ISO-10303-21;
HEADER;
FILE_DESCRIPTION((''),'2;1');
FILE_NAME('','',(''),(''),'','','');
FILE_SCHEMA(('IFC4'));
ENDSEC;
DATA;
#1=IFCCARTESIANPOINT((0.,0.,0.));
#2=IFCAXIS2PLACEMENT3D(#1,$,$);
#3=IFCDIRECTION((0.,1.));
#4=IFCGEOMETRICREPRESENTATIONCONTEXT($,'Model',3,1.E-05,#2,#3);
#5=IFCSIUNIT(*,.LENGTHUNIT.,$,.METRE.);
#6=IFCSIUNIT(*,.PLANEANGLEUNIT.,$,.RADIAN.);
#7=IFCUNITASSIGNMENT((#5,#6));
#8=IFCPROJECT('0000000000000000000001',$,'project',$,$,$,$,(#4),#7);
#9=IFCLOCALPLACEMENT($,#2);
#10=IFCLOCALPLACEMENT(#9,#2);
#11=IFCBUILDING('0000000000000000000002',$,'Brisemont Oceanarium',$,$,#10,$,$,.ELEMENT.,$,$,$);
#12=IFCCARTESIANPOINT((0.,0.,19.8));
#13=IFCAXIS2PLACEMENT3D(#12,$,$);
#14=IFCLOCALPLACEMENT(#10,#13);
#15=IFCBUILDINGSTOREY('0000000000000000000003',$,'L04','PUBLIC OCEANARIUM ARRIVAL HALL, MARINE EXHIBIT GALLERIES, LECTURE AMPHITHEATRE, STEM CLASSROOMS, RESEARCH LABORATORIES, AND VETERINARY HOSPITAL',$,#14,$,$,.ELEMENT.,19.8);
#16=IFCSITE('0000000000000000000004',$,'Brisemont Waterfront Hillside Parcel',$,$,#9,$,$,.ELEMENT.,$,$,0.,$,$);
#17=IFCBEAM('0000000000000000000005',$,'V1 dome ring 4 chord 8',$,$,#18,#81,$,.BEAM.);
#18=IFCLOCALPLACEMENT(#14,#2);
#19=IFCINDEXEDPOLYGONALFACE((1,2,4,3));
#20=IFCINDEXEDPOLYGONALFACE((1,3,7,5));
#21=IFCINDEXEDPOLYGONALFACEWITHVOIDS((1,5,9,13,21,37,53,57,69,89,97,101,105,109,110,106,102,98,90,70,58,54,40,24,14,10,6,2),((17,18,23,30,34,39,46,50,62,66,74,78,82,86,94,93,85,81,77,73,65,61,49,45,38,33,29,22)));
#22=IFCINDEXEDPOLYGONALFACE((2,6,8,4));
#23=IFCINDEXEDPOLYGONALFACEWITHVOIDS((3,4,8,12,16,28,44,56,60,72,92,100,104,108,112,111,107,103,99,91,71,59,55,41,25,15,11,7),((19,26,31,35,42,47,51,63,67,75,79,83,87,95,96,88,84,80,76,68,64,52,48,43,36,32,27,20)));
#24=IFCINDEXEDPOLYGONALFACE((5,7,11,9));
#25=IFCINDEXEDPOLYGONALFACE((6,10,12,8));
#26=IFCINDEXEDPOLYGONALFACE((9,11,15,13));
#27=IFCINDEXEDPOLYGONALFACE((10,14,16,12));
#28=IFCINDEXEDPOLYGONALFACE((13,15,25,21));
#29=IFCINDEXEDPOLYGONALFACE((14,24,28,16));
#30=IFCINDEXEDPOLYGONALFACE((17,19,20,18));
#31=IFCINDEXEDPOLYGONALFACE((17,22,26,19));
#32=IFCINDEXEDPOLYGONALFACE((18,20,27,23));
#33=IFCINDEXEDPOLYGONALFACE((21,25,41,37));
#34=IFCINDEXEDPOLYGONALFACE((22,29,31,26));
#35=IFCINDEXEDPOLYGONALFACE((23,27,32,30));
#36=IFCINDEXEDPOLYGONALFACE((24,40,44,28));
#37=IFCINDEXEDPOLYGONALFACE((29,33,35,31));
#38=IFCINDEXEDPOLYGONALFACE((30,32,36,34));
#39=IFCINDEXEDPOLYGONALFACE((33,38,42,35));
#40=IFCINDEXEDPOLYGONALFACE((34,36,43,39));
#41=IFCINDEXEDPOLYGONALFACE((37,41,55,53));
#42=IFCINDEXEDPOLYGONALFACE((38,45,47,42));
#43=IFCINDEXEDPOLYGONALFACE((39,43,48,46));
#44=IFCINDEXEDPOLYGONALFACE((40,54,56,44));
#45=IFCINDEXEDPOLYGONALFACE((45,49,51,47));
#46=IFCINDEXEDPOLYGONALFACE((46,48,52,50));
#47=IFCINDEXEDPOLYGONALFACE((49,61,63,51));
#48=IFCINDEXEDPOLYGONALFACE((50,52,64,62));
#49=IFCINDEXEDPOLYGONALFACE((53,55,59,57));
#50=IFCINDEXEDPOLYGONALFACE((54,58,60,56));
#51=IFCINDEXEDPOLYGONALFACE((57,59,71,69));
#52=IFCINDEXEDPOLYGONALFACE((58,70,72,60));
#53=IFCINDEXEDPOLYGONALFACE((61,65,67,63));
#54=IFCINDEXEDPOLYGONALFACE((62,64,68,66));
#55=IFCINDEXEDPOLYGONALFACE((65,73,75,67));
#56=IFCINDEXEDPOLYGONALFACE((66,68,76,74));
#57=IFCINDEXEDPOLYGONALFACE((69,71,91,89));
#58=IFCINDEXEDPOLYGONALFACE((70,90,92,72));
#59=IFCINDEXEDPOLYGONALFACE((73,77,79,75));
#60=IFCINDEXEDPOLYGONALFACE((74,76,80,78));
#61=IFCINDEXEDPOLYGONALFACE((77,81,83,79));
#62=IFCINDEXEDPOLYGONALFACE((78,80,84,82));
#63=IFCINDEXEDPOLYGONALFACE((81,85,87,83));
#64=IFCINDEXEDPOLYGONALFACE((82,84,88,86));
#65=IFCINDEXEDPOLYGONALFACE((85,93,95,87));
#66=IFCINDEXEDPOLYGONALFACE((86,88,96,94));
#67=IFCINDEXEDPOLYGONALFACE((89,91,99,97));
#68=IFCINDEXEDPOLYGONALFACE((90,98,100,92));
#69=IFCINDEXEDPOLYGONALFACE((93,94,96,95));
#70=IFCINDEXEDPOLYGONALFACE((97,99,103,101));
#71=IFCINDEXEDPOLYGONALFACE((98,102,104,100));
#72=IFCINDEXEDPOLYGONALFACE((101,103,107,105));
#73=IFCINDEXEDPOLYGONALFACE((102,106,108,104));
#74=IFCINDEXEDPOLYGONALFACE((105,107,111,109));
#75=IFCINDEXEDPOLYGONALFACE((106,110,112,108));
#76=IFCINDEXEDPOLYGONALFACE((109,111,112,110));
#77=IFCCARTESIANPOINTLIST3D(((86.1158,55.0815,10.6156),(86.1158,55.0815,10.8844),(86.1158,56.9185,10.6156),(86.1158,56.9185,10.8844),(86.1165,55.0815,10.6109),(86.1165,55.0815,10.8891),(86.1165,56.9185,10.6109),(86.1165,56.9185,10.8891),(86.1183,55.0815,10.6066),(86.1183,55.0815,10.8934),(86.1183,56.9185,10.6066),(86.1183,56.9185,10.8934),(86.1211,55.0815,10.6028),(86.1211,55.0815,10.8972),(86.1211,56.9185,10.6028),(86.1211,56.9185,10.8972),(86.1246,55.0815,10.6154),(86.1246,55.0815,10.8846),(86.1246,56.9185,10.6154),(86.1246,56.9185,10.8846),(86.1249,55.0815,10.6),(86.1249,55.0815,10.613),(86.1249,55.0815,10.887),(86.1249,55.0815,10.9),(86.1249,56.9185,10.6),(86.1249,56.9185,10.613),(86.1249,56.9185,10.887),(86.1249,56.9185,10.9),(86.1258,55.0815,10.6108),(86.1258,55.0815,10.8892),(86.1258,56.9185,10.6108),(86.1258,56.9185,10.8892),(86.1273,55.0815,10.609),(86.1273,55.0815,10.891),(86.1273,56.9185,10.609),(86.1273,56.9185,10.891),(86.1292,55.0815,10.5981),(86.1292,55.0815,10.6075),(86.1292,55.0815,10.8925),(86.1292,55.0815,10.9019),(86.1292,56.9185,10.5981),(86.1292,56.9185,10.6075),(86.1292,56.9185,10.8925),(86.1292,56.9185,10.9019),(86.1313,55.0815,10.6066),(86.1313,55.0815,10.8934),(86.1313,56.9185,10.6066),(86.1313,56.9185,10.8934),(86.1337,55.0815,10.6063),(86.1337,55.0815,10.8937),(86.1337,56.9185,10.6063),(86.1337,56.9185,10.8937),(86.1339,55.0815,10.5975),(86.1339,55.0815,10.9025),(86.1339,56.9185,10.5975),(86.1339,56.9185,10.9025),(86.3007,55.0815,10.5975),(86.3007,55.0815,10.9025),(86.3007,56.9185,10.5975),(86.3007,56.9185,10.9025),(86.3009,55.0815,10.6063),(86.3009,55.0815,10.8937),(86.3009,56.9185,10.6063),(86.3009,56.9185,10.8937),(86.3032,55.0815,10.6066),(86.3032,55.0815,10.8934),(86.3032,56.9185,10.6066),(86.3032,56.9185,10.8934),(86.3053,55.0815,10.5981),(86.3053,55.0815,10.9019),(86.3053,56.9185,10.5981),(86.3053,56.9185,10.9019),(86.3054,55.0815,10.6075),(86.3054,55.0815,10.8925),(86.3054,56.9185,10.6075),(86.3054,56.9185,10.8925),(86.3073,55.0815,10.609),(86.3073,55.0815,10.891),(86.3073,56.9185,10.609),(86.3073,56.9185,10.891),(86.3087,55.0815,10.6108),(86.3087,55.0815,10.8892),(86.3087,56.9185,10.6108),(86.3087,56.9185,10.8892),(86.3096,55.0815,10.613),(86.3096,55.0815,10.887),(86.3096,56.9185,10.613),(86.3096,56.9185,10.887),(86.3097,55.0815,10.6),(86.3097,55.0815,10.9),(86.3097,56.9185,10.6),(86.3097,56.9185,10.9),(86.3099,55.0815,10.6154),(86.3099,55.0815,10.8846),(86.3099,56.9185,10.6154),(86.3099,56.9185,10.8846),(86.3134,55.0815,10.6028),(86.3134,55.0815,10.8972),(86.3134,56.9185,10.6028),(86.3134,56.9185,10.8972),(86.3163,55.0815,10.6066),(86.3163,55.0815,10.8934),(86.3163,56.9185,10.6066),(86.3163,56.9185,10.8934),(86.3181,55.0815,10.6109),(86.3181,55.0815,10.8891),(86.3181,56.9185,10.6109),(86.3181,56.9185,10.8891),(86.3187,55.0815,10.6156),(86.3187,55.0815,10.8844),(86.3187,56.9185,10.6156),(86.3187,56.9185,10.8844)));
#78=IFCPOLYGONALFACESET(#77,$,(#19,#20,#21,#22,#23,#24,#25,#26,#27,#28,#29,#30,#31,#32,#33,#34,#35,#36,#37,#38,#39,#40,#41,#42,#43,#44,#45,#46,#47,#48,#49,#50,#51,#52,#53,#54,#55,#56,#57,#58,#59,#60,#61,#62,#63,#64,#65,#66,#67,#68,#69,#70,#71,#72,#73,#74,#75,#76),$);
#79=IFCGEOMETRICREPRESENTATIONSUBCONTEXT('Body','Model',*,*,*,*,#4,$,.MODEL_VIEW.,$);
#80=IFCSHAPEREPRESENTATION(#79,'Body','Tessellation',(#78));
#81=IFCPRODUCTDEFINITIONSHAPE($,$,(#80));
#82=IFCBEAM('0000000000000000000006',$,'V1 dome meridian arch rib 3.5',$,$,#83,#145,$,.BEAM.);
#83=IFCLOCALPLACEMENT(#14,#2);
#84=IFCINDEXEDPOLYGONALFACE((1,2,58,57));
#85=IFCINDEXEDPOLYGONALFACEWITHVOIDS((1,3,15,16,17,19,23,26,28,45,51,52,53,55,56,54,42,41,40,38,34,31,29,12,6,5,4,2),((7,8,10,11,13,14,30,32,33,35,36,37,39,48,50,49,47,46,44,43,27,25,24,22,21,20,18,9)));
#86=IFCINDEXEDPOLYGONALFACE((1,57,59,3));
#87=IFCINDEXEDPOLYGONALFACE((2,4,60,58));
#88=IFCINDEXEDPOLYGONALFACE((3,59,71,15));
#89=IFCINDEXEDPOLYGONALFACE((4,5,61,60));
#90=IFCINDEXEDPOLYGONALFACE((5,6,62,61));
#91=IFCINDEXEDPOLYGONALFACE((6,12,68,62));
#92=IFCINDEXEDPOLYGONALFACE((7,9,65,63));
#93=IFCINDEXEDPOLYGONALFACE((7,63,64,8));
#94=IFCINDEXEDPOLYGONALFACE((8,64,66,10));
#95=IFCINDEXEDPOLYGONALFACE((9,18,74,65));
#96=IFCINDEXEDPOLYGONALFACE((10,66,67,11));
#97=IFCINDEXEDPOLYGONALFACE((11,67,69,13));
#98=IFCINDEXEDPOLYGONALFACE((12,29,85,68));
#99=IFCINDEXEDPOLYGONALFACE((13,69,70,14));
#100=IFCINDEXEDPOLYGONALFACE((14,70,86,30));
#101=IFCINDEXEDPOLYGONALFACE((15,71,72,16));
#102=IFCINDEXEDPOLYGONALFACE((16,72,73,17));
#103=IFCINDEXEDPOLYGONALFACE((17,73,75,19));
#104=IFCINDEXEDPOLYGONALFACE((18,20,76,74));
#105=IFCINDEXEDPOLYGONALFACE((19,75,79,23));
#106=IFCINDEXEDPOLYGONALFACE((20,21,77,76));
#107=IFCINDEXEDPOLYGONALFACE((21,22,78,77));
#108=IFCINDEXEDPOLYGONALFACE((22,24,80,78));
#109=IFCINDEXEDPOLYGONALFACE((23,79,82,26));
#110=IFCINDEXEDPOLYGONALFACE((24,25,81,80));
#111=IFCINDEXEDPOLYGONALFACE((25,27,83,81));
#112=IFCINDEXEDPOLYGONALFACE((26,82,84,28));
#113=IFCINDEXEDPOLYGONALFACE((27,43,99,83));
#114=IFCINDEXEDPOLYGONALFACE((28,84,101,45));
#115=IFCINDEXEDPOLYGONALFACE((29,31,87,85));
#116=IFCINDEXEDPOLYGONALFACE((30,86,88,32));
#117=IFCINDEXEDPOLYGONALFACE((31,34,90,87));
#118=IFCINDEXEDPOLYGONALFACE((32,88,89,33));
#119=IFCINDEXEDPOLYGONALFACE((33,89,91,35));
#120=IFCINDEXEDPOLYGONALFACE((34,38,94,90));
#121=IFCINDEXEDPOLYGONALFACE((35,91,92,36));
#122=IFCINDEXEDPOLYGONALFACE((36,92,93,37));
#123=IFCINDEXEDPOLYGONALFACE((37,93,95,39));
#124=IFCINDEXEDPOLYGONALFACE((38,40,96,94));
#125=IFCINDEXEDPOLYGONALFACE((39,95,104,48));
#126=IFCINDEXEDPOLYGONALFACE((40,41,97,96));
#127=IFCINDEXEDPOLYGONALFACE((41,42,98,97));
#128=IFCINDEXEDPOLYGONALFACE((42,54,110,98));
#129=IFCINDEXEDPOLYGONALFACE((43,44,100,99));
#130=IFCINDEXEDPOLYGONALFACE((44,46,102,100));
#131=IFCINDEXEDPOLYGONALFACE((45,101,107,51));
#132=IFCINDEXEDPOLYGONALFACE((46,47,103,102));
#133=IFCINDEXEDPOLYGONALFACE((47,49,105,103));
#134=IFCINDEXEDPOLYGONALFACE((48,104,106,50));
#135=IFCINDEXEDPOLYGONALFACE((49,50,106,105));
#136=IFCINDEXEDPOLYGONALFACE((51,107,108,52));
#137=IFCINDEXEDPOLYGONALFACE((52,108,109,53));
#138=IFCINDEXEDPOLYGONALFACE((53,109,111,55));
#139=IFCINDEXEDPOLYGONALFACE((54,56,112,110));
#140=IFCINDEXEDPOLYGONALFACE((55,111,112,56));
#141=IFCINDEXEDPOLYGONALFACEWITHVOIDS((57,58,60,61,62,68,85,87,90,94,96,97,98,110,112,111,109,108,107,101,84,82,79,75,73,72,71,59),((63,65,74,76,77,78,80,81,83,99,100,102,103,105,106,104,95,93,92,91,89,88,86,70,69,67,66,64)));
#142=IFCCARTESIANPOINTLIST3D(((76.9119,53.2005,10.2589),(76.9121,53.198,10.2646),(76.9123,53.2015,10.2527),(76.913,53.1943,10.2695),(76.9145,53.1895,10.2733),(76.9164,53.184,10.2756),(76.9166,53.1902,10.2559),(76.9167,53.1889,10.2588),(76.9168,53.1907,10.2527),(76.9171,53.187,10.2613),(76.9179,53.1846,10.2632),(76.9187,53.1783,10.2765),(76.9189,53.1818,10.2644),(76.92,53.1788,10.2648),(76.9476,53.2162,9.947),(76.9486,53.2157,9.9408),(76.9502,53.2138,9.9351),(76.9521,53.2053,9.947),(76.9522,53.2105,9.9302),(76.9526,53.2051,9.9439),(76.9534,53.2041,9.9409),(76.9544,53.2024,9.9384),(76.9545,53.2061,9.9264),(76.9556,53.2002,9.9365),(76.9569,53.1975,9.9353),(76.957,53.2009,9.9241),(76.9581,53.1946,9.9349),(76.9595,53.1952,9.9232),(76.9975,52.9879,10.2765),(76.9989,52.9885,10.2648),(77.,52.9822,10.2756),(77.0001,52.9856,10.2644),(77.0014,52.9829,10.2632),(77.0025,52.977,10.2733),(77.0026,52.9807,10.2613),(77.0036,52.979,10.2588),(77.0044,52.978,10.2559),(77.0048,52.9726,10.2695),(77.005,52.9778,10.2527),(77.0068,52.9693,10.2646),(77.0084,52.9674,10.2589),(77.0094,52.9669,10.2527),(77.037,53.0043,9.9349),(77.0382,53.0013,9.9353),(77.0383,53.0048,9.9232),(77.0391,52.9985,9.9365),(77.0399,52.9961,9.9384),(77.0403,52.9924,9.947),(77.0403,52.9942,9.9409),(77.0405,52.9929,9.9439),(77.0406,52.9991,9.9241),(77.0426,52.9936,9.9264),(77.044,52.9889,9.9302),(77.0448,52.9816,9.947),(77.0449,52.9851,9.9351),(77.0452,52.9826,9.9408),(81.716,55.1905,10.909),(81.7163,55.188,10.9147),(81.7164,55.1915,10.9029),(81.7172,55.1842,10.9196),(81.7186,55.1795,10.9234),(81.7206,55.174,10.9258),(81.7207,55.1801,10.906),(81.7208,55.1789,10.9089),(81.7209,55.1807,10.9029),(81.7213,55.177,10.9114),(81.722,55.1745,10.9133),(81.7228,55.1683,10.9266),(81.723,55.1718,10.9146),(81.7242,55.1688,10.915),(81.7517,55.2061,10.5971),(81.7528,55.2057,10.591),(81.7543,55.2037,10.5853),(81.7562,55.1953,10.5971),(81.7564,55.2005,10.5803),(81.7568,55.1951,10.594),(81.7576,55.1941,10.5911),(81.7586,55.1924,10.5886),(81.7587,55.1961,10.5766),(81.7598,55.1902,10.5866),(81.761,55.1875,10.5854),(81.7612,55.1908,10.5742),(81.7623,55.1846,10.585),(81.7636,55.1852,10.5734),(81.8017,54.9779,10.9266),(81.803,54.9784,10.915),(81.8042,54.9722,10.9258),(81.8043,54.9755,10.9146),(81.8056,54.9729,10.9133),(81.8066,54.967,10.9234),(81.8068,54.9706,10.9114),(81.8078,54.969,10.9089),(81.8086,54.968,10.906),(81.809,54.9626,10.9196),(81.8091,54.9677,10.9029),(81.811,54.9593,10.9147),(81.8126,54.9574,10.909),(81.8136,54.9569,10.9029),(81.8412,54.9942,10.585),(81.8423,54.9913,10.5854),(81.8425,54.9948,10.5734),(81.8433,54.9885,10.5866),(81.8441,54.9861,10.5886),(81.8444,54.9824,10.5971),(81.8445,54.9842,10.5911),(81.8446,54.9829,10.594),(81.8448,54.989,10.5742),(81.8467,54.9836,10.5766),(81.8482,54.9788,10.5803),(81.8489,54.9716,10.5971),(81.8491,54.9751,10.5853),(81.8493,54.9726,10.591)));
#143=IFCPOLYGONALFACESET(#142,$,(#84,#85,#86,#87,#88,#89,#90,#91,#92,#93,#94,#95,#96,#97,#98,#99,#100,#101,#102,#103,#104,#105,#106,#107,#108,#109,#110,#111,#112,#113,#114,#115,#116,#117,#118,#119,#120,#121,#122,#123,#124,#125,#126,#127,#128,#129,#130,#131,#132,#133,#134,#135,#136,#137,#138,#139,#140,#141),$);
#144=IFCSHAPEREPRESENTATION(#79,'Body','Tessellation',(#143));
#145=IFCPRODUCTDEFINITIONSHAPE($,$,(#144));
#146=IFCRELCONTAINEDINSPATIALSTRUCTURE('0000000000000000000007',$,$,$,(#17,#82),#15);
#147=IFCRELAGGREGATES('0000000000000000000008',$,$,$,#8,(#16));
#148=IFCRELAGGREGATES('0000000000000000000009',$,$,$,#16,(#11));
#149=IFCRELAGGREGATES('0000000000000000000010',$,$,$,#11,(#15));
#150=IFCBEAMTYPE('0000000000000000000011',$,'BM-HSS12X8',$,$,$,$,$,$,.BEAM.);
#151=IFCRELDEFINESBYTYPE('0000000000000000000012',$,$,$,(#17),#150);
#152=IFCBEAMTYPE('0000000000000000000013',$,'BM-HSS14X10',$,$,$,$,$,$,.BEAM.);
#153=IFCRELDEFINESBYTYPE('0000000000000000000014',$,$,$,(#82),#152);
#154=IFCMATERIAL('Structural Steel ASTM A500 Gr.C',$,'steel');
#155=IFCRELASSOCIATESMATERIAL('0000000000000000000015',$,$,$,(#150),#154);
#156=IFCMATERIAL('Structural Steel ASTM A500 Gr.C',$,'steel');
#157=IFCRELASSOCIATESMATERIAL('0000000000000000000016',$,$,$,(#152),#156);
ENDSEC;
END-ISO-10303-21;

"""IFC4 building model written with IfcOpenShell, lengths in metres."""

from ifc_helpers import new_model, si_unit, direction, frame, origin, origin_2d, place, context, subcontext, project, spatial, hollow_rectangle, extrude, material, material_profile, profile_set, type_object, element, save


model = new_model("IFC4")

# Units and contexts
model_context = context("Model", 3, precision=1e-05, world=origin(), true_north=direction((0.0, 1.0)))
body_context = subcontext(model_context, "Body", "Model", "MODEL_VIEW")
ifc_project = project(units=[si_unit("LENGTHUNIT", "METRE"), si_unit("PLANEANGLEUNIT", "RADIAN")], contexts=[model_context])

# Site, building, storey
site_placement = place(None, origin())
site = spatial("IfcSite", under=ifc_project, at=site_placement, Name="Brisemont Waterfront Hillside Parcel", CompositionType="ELEMENT", RefElevation=0.0)
building_placement = place(site_placement, origin())
building = spatial("IfcBuilding", under=site, at=building_placement, Name="Brisemont Oceanarium", CompositionType="ELEMENT")
storey_placement = place(building_placement, frame((0.0, 0.0, 19.8)))
storey = spatial("IfcBuildingStorey", under=building, at=storey_placement, Name="L04", Description="PUBLIC OCEANARIUM ARRIVAL HALL, MARINE EXHIBIT GALLERIES, LECTURE AMPHITHEATRE, STEM CLASSROOMS, RESEARCH LABORATORIES, AND VETERINARY HOSPITAL", CompositionType="ELEMENT", Elevation=19.8)

# Beams
ifc_material_1 = material(Name="Structural Steel ASTM A500 Gr.C", Category="steel")
ifc_material_profile_1 = material_profile(ifc_material_1, hollow_rectangle(XDim=0.2029, YDim=0.3049, WallThickness=0.0088, InnerFilletRadius=0.009, OuterFilletRadius=0.0181, at=origin_2d()), Name="HSS12X8X3/8")
ifc_profile_set_1 = profile_set([ifc_material_profile_1], Name="Structural Steel ASTM A500 Gr.C")
beam_type_1 = type_object("IfcBeamType", Name="BM-HSS12X8", PredefinedType="BEAM", material=ifc_profile_set_1)
for number, where, z_axis, x_axis, name in (
    (1, (86.2173, 55.0815, 10.75), (0.0, 1.0, 0.0), (-1.0, 0.0, 0.0), "V1 dome ring 4 chord 8"),
):
    element("IfcBeam", number, at=place(storey_placement, frame(where, z_axis=z_axis, x_axis=x_axis)), inside=storey, type_object=beam_type_1, Name=name, PredefinedType="BEAM", context=body_context, shape_type="SweptSolid", body=[
        extrude(hollow_rectangle(XDim=0.2029, YDim=0.3049, WallThickness=0.0088, InnerFilletRadius=0.009, OuterFilletRadius=0.0181, at=origin_2d()), origin(), (0.0, 0.0, 1.0), 1.8369),
    ])
ifc_material_2 = material(Name="Structural Steel ASTM A500 Gr.C", Category="steel")
ifc_material_profile_2 = material_profile(ifc_material_2, hollow_rectangle(XDim=0.2539, YDim=0.356, WallThickness=0.0117, InnerFilletRadius=0.0122, OuterFilletRadius=0.0239, at=origin_2d()), Name="HSS14X10X1/2")
ifc_profile_set_2 = profile_set([ifc_material_profile_2], Name="Structural Steel ASTM A500 Gr.C")
beam_type_2 = type_object("IfcBeamType", Name="BM-HSS14X10", PredefinedType="BEAM", material=ifc_profile_set_2)
for number, where, z_axis, x_axis, name in (
    (2, (76.9785, 53.0916, 10.0999), (0.91674, 0.379731, 0.124061), (-0.382688, 0.923878, 0.0), "V1 dome meridian arch rib 3.5"),
):
    element("IfcBeam", number, at=place(storey_placement, frame(where, z_axis=z_axis, x_axis=x_axis)), inside=storey, type_object=beam_type_2, Name=name, PredefinedType="BEAM", context=body_context, shape_type="SweptSolid", body=[
        extrude(hollow_rectangle(XDim=0.2539, YDim=0.356, WallThickness=0.0117, InnerFilletRadius=0.0122, OuterFilletRadius=0.0239, at=origin_2d()), origin(), (0.0, 0.0, 1.0), 5.2405),
    ])

save(model, "model.ifc")
